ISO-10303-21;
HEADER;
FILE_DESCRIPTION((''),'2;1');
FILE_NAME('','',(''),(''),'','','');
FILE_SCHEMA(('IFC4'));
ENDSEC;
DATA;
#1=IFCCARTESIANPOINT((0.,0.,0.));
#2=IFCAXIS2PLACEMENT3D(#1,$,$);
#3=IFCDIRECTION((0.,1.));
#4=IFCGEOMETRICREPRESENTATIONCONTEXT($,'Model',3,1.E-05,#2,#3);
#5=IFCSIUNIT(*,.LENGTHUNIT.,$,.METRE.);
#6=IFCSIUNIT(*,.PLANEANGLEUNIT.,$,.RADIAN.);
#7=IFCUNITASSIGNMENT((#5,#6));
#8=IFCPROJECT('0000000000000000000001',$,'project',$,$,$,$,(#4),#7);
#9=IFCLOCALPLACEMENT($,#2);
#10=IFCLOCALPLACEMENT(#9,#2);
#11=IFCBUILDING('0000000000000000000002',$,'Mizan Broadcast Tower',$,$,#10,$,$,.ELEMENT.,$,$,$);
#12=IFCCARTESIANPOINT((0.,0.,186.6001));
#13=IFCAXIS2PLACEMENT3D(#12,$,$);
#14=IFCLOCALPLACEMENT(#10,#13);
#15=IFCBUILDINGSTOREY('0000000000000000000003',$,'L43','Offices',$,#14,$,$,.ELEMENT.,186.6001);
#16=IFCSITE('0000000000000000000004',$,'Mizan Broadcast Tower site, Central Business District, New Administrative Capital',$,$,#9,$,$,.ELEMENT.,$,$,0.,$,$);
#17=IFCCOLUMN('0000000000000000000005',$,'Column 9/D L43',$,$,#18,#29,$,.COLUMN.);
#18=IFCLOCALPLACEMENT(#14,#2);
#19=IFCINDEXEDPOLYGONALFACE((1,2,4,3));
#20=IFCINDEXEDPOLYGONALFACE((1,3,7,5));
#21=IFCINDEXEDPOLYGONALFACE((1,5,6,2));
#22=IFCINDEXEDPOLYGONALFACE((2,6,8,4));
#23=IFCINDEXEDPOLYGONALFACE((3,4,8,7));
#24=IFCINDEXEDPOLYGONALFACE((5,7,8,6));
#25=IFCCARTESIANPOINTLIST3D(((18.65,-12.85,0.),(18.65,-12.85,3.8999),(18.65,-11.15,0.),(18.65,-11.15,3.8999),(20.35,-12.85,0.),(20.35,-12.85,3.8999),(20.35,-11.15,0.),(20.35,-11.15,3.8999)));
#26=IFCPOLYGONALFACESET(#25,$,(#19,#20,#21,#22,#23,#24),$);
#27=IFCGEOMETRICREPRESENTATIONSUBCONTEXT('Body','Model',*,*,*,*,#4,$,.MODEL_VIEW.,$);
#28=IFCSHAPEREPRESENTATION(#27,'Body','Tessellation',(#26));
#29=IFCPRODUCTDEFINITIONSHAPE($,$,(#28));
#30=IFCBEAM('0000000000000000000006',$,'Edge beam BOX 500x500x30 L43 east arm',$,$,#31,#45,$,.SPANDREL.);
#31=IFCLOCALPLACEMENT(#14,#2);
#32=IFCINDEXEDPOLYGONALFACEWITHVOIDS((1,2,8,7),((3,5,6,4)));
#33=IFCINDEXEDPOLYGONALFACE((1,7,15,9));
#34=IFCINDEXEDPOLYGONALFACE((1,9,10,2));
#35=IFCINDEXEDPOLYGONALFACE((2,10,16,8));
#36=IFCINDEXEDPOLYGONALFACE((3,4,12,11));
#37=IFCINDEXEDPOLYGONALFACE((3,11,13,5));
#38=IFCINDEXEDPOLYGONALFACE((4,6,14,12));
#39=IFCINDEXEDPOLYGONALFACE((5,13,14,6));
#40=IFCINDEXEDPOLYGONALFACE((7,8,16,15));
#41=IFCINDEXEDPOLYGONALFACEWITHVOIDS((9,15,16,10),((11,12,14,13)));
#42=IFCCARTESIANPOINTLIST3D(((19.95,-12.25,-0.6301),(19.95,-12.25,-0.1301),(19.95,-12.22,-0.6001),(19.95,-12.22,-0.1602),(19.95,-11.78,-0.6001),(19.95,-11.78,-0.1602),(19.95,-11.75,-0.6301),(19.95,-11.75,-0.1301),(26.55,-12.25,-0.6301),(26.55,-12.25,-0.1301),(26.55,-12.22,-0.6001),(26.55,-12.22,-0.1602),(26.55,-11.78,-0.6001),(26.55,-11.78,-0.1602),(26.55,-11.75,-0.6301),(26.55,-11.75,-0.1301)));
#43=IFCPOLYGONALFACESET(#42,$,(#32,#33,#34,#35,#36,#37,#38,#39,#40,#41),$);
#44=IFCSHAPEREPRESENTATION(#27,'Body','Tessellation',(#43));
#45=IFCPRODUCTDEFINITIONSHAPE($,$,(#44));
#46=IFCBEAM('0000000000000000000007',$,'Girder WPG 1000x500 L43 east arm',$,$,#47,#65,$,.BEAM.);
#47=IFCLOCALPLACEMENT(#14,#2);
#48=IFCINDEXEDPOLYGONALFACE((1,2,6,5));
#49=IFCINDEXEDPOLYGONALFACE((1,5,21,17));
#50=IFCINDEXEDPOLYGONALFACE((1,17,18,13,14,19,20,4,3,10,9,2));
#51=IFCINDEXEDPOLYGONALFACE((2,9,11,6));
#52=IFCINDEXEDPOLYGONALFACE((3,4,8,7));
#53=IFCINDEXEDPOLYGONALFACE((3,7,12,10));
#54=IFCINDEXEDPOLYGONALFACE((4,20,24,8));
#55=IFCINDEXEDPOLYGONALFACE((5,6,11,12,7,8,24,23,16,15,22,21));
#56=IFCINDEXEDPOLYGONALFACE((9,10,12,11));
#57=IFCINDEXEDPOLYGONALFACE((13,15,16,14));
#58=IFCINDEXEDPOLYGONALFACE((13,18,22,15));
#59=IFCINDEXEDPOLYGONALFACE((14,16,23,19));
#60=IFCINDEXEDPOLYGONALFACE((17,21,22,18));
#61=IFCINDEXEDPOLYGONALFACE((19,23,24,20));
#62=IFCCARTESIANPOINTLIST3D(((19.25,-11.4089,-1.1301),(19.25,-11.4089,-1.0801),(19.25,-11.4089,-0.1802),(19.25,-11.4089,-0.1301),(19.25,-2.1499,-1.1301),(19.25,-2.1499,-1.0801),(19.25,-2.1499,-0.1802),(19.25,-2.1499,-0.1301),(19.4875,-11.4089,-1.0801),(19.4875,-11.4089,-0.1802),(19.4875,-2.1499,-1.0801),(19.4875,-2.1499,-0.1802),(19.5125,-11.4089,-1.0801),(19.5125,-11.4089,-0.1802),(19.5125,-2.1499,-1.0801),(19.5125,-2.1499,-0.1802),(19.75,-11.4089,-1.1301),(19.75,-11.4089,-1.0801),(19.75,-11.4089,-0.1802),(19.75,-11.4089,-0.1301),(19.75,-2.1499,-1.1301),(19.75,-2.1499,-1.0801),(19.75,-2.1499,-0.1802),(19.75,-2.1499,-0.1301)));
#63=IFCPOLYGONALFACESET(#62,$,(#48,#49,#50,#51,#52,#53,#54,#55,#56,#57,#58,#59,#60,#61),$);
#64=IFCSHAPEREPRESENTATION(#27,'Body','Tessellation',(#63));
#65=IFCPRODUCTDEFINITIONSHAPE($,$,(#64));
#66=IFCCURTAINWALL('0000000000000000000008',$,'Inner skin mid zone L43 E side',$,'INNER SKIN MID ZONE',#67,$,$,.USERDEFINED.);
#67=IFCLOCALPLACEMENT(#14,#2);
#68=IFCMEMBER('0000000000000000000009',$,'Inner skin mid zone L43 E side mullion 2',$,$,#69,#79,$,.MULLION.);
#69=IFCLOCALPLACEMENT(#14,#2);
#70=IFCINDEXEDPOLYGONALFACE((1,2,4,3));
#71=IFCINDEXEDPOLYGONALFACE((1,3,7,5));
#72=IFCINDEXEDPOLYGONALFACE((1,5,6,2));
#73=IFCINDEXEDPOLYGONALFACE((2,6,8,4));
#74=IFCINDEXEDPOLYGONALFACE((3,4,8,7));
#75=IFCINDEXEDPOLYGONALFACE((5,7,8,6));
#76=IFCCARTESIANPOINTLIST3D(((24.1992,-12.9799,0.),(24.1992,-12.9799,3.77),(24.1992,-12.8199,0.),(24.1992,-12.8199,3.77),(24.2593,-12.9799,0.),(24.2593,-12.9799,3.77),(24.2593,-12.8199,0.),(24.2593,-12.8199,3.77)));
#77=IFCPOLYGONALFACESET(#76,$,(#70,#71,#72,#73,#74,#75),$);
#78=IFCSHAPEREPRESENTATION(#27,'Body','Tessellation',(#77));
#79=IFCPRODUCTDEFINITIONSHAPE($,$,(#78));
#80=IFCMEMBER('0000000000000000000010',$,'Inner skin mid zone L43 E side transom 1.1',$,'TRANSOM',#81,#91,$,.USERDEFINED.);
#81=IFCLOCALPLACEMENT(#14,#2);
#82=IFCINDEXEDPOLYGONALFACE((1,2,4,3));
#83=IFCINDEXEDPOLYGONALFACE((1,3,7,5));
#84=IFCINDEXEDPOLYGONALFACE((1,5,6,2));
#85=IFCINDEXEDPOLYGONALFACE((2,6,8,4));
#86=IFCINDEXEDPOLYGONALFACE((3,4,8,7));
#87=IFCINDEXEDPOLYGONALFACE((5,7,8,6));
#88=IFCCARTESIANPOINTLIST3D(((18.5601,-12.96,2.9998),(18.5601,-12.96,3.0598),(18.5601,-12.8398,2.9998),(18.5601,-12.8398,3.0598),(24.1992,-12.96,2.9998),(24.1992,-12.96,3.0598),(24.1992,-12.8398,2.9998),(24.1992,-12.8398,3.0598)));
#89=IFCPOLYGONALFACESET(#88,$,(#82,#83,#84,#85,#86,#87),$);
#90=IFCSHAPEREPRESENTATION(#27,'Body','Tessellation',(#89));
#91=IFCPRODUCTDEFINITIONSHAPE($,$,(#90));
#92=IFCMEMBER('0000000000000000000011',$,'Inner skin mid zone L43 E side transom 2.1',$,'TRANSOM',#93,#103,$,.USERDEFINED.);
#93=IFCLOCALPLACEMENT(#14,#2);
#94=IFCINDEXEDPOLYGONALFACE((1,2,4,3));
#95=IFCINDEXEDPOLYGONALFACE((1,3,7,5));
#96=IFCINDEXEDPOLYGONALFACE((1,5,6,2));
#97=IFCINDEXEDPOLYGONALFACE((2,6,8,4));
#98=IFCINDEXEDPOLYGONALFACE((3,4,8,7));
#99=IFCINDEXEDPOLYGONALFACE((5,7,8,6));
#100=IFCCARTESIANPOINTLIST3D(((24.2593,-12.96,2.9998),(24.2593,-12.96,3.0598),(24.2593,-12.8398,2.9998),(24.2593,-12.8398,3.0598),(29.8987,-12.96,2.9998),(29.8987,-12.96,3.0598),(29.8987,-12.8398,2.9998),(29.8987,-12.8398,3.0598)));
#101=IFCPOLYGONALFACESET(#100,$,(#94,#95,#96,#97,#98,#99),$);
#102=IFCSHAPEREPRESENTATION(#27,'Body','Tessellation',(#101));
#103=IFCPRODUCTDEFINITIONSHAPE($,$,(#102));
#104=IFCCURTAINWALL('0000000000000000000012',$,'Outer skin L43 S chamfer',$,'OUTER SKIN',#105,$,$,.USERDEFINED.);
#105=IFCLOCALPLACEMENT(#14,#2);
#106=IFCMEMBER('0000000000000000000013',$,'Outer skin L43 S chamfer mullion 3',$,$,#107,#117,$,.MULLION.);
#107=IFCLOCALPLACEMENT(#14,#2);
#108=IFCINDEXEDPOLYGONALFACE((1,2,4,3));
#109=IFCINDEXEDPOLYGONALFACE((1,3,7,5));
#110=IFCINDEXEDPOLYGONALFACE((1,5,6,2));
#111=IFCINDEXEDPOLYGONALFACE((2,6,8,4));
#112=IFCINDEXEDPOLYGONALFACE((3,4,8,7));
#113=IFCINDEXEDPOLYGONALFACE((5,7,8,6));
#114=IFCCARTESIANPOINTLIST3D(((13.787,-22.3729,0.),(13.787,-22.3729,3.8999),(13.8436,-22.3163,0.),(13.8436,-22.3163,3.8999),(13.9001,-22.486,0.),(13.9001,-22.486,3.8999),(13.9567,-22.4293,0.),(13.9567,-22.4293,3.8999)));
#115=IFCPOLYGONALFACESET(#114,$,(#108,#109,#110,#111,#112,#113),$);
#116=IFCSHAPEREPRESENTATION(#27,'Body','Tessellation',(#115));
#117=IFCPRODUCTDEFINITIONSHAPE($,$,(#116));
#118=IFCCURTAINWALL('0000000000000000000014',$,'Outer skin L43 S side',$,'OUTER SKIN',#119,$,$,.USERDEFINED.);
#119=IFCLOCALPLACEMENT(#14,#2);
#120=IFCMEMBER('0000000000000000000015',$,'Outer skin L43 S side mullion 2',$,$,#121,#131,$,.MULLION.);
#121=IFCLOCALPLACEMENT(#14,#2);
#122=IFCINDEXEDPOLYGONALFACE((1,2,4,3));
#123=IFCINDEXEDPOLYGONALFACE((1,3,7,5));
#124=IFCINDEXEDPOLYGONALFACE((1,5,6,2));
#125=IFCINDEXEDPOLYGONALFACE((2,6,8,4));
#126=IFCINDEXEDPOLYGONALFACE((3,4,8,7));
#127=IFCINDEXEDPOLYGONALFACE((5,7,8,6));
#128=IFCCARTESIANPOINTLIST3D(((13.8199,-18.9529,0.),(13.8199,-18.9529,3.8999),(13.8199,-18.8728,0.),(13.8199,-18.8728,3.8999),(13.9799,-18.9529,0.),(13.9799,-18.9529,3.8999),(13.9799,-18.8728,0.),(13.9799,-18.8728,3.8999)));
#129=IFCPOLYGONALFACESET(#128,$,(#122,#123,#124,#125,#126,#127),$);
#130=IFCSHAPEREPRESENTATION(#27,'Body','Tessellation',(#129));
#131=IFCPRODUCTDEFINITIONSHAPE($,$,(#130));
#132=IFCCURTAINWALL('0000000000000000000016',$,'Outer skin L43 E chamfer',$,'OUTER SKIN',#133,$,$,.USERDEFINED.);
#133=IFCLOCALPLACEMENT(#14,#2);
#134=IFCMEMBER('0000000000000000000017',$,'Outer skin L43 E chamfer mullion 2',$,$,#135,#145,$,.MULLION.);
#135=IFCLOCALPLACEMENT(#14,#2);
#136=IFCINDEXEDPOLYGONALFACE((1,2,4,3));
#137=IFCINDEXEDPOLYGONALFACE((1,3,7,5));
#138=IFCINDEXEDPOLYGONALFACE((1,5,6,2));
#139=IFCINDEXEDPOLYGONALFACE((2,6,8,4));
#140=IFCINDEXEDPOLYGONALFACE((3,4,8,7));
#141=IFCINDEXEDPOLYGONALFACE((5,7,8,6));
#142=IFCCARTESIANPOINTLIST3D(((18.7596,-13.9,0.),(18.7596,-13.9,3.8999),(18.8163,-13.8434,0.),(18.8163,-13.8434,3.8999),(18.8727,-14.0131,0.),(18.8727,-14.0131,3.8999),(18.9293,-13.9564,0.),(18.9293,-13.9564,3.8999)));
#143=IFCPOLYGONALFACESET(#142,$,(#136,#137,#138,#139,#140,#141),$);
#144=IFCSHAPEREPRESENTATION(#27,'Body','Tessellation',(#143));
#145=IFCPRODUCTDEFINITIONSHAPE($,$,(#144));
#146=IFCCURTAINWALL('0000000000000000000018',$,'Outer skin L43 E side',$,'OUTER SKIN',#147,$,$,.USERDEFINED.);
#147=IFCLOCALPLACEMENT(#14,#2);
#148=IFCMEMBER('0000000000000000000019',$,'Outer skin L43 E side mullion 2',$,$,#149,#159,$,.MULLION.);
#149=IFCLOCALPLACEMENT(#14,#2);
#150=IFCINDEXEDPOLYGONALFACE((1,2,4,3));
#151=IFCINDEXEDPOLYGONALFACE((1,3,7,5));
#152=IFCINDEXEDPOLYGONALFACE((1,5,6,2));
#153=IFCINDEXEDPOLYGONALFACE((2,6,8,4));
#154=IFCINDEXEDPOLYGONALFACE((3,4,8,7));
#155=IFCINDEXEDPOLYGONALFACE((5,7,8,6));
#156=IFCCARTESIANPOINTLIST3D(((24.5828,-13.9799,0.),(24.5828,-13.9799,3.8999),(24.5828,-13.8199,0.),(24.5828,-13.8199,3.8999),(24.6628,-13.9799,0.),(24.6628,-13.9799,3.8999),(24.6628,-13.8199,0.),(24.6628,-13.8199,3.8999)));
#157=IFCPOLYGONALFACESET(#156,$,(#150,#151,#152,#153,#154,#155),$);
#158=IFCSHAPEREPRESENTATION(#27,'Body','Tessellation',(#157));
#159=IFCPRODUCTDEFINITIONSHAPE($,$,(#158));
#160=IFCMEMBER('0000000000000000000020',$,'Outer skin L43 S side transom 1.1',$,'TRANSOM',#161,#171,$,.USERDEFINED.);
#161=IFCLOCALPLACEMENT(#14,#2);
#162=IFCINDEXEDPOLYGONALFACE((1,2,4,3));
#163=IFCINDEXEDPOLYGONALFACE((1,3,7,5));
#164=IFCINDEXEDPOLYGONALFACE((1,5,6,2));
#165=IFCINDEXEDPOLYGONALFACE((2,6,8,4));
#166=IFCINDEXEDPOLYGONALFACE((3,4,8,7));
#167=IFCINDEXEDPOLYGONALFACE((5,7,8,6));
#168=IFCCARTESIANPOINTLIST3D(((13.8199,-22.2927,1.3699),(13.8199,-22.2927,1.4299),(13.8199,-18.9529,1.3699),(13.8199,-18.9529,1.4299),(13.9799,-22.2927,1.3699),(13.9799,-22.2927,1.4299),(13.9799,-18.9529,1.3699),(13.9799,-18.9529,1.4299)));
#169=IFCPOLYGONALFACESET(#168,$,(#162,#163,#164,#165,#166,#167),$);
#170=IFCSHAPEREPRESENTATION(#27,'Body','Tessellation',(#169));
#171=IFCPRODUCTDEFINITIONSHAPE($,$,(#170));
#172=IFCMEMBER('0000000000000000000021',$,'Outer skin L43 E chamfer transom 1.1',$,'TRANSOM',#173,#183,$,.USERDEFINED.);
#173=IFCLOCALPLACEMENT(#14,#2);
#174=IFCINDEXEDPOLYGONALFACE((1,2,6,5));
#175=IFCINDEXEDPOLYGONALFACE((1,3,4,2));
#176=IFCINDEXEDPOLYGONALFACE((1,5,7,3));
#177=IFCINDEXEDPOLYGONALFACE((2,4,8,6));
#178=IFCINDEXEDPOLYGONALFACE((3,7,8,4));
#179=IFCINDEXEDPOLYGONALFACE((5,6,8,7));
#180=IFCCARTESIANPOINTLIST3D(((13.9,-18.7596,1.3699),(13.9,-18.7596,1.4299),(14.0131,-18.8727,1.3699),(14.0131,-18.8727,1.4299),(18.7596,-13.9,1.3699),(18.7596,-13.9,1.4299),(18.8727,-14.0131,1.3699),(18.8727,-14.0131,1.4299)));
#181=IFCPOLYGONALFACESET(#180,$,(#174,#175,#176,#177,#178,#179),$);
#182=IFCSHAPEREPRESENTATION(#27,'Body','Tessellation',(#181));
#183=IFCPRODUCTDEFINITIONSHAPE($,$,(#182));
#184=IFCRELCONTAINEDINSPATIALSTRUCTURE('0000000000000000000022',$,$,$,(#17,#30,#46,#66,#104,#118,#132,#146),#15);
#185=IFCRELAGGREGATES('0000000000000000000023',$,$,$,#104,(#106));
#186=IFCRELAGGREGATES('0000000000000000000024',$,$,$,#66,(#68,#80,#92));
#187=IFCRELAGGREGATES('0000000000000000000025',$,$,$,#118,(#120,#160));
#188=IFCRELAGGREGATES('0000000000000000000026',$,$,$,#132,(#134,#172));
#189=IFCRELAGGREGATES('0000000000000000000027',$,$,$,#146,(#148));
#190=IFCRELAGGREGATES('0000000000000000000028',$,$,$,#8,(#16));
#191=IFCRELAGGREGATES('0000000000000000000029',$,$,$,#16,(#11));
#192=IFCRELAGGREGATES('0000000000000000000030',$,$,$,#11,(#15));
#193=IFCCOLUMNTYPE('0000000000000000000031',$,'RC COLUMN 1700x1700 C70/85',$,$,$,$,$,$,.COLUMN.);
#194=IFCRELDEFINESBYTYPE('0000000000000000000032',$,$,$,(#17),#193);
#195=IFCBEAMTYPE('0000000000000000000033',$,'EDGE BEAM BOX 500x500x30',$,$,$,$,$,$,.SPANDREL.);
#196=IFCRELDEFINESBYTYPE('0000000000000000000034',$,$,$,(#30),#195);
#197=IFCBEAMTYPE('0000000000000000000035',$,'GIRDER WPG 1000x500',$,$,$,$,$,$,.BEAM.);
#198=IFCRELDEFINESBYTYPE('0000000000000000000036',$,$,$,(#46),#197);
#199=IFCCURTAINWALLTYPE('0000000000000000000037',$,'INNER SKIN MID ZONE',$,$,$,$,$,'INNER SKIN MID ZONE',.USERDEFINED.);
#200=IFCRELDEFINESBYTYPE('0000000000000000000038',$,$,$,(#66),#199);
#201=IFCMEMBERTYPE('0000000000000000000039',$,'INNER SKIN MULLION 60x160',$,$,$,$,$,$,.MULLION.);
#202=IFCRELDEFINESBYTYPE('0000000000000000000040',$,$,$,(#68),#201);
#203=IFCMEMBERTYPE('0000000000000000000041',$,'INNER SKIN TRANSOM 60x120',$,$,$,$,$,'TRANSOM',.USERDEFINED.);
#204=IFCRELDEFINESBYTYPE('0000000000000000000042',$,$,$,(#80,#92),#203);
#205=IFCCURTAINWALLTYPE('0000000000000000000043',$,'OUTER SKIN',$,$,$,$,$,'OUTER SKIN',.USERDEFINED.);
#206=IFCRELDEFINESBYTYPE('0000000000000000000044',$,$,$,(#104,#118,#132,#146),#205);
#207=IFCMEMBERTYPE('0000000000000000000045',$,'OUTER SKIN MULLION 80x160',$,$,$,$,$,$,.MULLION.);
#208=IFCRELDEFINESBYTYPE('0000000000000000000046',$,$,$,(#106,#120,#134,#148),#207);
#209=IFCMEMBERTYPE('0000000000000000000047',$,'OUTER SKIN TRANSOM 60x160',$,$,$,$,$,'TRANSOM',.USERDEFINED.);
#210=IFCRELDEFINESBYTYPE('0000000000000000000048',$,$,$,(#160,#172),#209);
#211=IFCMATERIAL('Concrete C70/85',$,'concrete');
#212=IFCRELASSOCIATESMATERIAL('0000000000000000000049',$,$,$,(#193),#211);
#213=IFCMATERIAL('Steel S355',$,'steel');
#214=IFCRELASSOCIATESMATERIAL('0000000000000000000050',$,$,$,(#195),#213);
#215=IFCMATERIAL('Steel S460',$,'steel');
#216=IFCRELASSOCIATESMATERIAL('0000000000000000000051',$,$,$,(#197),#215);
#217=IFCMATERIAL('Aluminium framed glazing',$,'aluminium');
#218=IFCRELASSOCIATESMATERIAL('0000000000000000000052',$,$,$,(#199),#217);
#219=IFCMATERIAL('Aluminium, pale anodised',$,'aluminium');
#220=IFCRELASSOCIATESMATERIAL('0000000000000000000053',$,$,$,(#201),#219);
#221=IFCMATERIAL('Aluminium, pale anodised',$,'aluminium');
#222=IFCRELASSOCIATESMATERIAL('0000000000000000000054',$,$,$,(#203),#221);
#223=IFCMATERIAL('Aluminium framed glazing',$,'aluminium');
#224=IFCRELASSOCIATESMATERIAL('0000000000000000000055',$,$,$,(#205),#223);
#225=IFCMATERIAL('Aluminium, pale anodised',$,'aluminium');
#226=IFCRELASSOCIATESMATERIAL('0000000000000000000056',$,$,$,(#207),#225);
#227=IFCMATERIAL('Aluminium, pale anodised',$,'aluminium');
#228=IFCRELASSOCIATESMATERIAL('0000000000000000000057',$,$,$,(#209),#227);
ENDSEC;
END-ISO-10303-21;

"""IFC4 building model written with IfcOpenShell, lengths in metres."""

from ifc_helpers import new_model, si_unit, direction, frame, origin, origin_2d, place, context, subcontext, project, spatial, rectangle, hollow_rectangle, i_section, extrude, material, material_profile, profile_set, type_object, element, aggregate, save


model = new_model("IFC4")

# Units and contexts
model_context = context("Model", 3, precision=1e-05, world=origin(), true_north=direction((0.0, 1.0)))
body_context = subcontext(model_context, "Body", "Model", "MODEL_VIEW")
ifc_project = project(units=[si_unit("LENGTHUNIT", "METRE"), si_unit("PLANEANGLEUNIT", "RADIAN")], contexts=[model_context])

# Site, building, storey
site_placement = place(None, origin())
site = spatial("IfcSite", under=ifc_project, at=site_placement, Name="Mizan Broadcast Tower site, Central Business District, New Administrative Capital", CompositionType="ELEMENT", RefElevation=0.0)
building_placement = place(site_placement, origin())
building = spatial("IfcBuilding", under=site, at=building_placement, Name="Mizan Broadcast Tower", CompositionType="ELEMENT")
storey_placement = place(building_placement, frame((0.0, 0.0, 186.6001)))
storey = spatial("IfcBuildingStorey", under=building, at=storey_placement, Name="L43", Description="Offices", CompositionType="ELEMENT", Elevation=186.6001)

# Column
ifc_material_1 = material(Name="Concrete C70/85", Category="concrete")
ifc_material_profile_1 = material_profile(ifc_material_1, rectangle(XDim=1.7, YDim=1.7, at=origin_2d()), Name="RC 1700x1700")
ifc_profile_set_1 = profile_set([ifc_material_profile_1], Name="Concrete C70/85")
column_type = type_object("IfcColumnType", Name="RC COLUMN 1700x1700 C70/85", PredefinedType="COLUMN", material=ifc_profile_set_1)
column_placement = place(storey_placement, frame((19.5, -12.0, 0.0), z_axis=(0.0, 0.0, 1.0), x_axis=(1.0, 0.0, 0.0)))
element("IfcColumn", 1, at=column_placement, inside=storey, type_object=column_type, Name="Column 9/D L43", PredefinedType="COLUMN", context=body_context, shape_type="SweptSolid", body=[
    extrude(rectangle(XDim=1.7, YDim=1.7, at=origin_2d()), origin(), (0.0, 0.0, 1.0), 3.8999),
])

# Beams
ifc_material_2 = material(Name="Steel S355", Category="steel")
ifc_material_profile_2 = material_profile(ifc_material_2, hollow_rectangle(XDim=0.5, YDim=0.5, WallThickness=0.03, at=origin_2d()), Name="BOX 500x500x30")
ifc_profile_set_2 = profile_set([ifc_material_profile_2], Name="Steel S355")
beam_type_1 = type_object("IfcBeamType", Name="EDGE BEAM BOX 500x500x30", PredefinedType="SPANDREL", material=ifc_profile_set_2)
beam_1_placement = place(storey_placement, frame((19.95, -12.0, -0.3801), z_axis=(1.0, 0.0, 0.0), x_axis=(0.0, 1.0, 0.0)))
element("IfcBeam", 2, at=beam_1_placement, inside=storey, type_object=beam_type_1, Name="Edge beam BOX 500x500x30 L43 east arm", PredefinedType="SPANDREL", context=body_context, shape_type="SweptSolid", body=[
    extrude(hollow_rectangle(XDim=0.5, YDim=0.5, WallThickness=0.03, at=origin_2d()), origin(), (0.0, 0.0, 1.0), 6.6001),
])
ifc_material_3 = material(Name="Steel S460", Category="steel")
ifc_material_profile_3 = material_profile(ifc_material_3, i_section(OverallWidth=0.5, OverallDepth=1.0, WebThickness=0.0249, FlangeThickness=0.05, at=origin_2d()), Name="WPG 1000x500")
ifc_profile_set_3 = profile_set([ifc_material_profile_3], Name="Steel S460")
beam_type_2 = type_object("IfcBeamType", Name="GIRDER WPG 1000x500", PredefinedType="BEAM", material=ifc_profile_set_3)
beam_2_placement = place(storey_placement, frame((19.5, -11.4089, -0.6301), z_axis=(0.0, 1.0, 0.0), x_axis=(-1.0, 0.0, 0.0)))
element("IfcBeam", 3, at=beam_2_placement, inside=storey, type_object=beam_type_2, Name="Girder WPG 1000x500 L43 east arm", PredefinedType="BEAM", context=body_context, shape_type="SweptSolid", body=[
    extrude(i_section(OverallWidth=0.5, OverallDepth=1.0, WebThickness=0.0249, FlangeThickness=0.05, at=origin_2d()), origin(), (0.0, 0.0, 1.0), 9.259),
])

# Curtain wall, members
ifc_material_4 = material(Name="Aluminium framed glazing", Category="aluminium")
curtain_wall_type_1 = type_object("IfcCurtainWallType", Name="INNER SKIN MID ZONE", ElementType="INNER SKIN MID ZONE", PredefinedType="USERDEFINED", material=ifc_material_4)
curtain_wall_1_placement = place(storey_placement, origin())
curtain_wall_1 = element("IfcCurtainWall", 4, at=curtain_wall_1_placement, inside=storey, type_object=curtain_wall_type_1, Name="Inner skin mid zone L43 E side", ObjectType="INNER SKIN MID ZONE", PredefinedType="USERDEFINED")
ifc_material_5 = material(Name="Aluminium, pale anodised", Category="aluminium")
ifc_material_profile_4 = material_profile(ifc_material_5, rectangle(XDim=0.1599, YDim=0.0601, at=origin_2d()), Name="MULLION 160x60")
ifc_profile_set_4 = profile_set([ifc_material_profile_4], Name="Aluminium, pale anodised")
member_type_1 = type_object("IfcMemberType", Name="INNER SKIN MULLION 60x160", PredefinedType="MULLION", material=ifc_profile_set_4)
member_1_placement = place(storey_placement, frame((24.2292, -12.8999, 0.0), z_axis=(0.0, 0.0, 1.0), x_axis=(0.0, 1.0, 0.0)))
member_1 = element("IfcMember", 5, at=member_1_placement, type_object=member_type_1, Name="Inner skin mid zone L43 E side mullion 2", PredefinedType="MULLION", context=body_context, shape_type="SweptSolid", body=[
    extrude(rectangle(XDim=0.1599, YDim=0.0601, at=origin_2d()), origin(), (0.0, 0.0, 1.0), 3.77),
])
ifc_material_6 = material(Name="Aluminium, pale anodised", Category="aluminium")
ifc_material_profile_5 = material_profile(ifc_material_6, rectangle(XDim=0.1201, YDim=0.0601, at=origin_2d()), Name="TRANSOM 120x60")
ifc_profile_set_5 = profile_set([ifc_material_profile_5], Name="Aluminium, pale anodised")
member_type_2 = type_object("IfcMemberType", Name="INNER SKIN TRANSOM 60x120", ElementType="TRANSOM", PredefinedType="USERDEFINED", material=ifc_profile_set_5)
member_2_placement = place(storey_placement, frame((18.5601, -12.8999, 3.0298), z_axis=(1.0, 0.0, 0.0), x_axis=(0.0, 1.0, 0.0)))
member_2 = element("IfcMember", 6, at=member_2_placement, type_object=member_type_2, Name="Inner skin mid zone L43 E side transom 1.1", ObjectType="TRANSOM", PredefinedType="USERDEFINED", context=body_context, shape_type="SweptSolid", body=[
    extrude(rectangle(XDim=0.1201, YDim=0.0601, at=origin_2d()), origin(), (0.0, 0.0, 1.0), 5.6392),
])
member_3_placement = place(storey_placement, frame((24.2593, -12.8999, 3.0298), z_axis=(1.0, 0.0, 0.0), x_axis=(0.0, 1.0, 0.0)))
member_3 = element("IfcMember", 7, at=member_3_placement, type_object=member_type_2, Name="Inner skin mid zone L43 E side transom 2.1", ObjectType="TRANSOM", PredefinedType="USERDEFINED", context=body_context, shape_type="SweptSolid", body=[
    extrude(rectangle(XDim=0.1201, YDim=0.0601, at=origin_2d()), origin(), (0.0, 0.0, 1.0), 5.6394),
])

# Curtain walls, members
ifc_material_7 = material(Name="Aluminium framed glazing", Category="aluminium")
curtain_wall_type_2 = type_object("IfcCurtainWallType", Name="OUTER SKIN", ElementType="OUTER SKIN", PredefinedType="USERDEFINED", material=ifc_material_7)
curtain_wall_2_placement = place(storey_placement, origin())
curtain_wall_2 = element("IfcCurtainWall", 8, at=curtain_wall_2_placement, inside=storey, type_object=curtain_wall_type_2, Name="Outer skin L43 S chamfer", ObjectType="OUTER SKIN", PredefinedType="USERDEFINED")
ifc_material_8 = material(Name="Aluminium, pale anodised", Category="aluminium")
ifc_material_profile_6 = material_profile(ifc_material_8, rectangle(XDim=0.1599, YDim=0.0801, at=origin_2d()), Name="MULLION 160x80")
ifc_profile_set_6 = profile_set([ifc_material_profile_6], Name="Aluminium, pale anodised")
member_type_3 = type_object("IfcMemberType", Name="OUTER SKIN MULLION 80x160", PredefinedType="MULLION", material=ifc_profile_set_6)
member_4_placement = place(storey_placement, frame((13.8718, -22.4011, 0.0), z_axis=(0.0, 0.0, 1.0), x_axis=(-0.707107, 0.707107, 0.0)))
member_4 = element("IfcMember", 9, at=member_4_placement, type_object=member_type_3, Name="Outer skin L43 S chamfer mullion 3", PredefinedType="MULLION", context=body_context, shape_type="SweptSolid", body=[
    extrude(rectangle(XDim=0.1599, YDim=0.0801, at=origin_2d()), origin(), (0.0, 0.0, 1.0), 3.8999),
])
aggregate(curtain_wall_2, [member_4])
curtain_wall_3_placement = place(storey_placement, origin())
curtain_wall_3 = element("IfcCurtainWall", 10, at=curtain_wall_3_placement, inside=storey, type_object=curtain_wall_type_2, Name="Outer skin L43 S side", ObjectType="OUTER SKIN", PredefinedType="USERDEFINED")
member_5_placement = place(storey_placement, frame((13.8999, -18.9128, 0.0), z_axis=(0.0, 0.0, 1.0), x_axis=(-1.0, 0.0, 0.0)))
member_5 = element("IfcMember", 11, at=member_5_placement, type_object=member_type_3, Name="Outer skin L43 S side mullion 2", PredefinedType="MULLION", context=body_context, shape_type="SweptSolid", body=[
    extrude(rectangle(XDim=0.1599, YDim=0.0801, at=origin_2d()), origin(), (0.0, 0.0, 1.0), 3.8999),
])
curtain_wall_4_placement = place(storey_placement, origin())
curtain_wall_4 = element("IfcCurtainWall", 12, at=curtain_wall_4_placement, inside=storey, type_object=curtain_wall_type_2, Name="Outer skin L43 E chamfer", ObjectType="OUTER SKIN", PredefinedType="USERDEFINED")
member_6_placement = place(storey_placement, frame((18.8445, -13.9282, 0.0), z_axis=(0.0, 0.0, 1.0), x_axis=(-0.707107, 0.707107, 0.0)))
member_6 = element("IfcMember", 13, at=member_6_placement, type_object=member_type_3, Name="Outer skin L43 E chamfer mullion 2", PredefinedType="MULLION", context=body_context, shape_type="SweptSolid", body=[
    extrude(rectangle(XDim=0.1599, YDim=0.0801, at=origin_2d()), origin(), (0.0, 0.0, 1.0), 3.8999),
])
curtain_wall_5_placement = place(storey_placement, origin())
curtain_wall_5 = element("IfcCurtainWall", 14, at=curtain_wall_5_placement, inside=storey, type_object=curtain_wall_type_2, Name="Outer skin L43 E side", ObjectType="OUTER SKIN", PredefinedType="USERDEFINED")
member_7_placement = place(storey_placement, frame((24.6228, -13.8999, 0.0), z_axis=(0.0, 0.0, 1.0), x_axis=(0.0, 1.0, 0.0)))
member_7 = element("IfcMember", 15, at=member_7_placement, type_object=member_type_3, Name="Outer skin L43 E side mullion 2", PredefinedType="MULLION", context=body_context, shape_type="SweptSolid", body=[
    extrude(rectangle(XDim=0.1599, YDim=0.0801, at=origin_2d()), origin(), (0.0, 0.0, 1.0), 3.8999),
])

# Members
ifc_material_9 = material(Name="Aluminium, pale anodised", Category="aluminium")
ifc_material_profile_7 = material_profile(ifc_material_9, rectangle(XDim=0.1599, YDim=0.0601, at=origin_2d()), Name="TRANSOM 160x60")
ifc_profile_set_7 = profile_set([ifc_material_profile_7], Name="Aluminium, pale anodised")
member_type_4 = type_object("IfcMemberType", Name="OUTER SKIN TRANSOM 60x160", ElementType="TRANSOM", PredefinedType="USERDEFINED", material=ifc_profile_set_7)
member_8_placement = place(storey_placement, frame((13.8999, -22.2927, 1.3999), z_axis=(0.0, 1.0, 0.0), x_axis=(-1.0, 0.0, 0.0)))
member_8 = element("IfcMember", 16, at=member_8_placement, type_object=member_type_4, Name="Outer skin L43 S side transom 1.1", ObjectType="TRANSOM", PredefinedType="USERDEFINED", context=body_context, shape_type="SweptSolid", body=[
    extrude(rectangle(XDim=0.1599, YDim=0.0601, at=origin_2d()), origin(), (0.0, 0.0, 1.0), 3.3398),
])
member_9_placement = place(storey_placement, frame((13.9565, -18.8162, 1.3999), z_axis=(0.707107, 0.707107, 0.0), x_axis=(-0.707107, 0.707107, 0.0)))
member_9 = element("IfcMember", 17, at=member_9_placement, type_object=member_type_4, Name="Outer skin L43 E chamfer transom 1.1", ObjectType="TRANSOM", PredefinedType="USERDEFINED", context=body_context, shape_type="SweptSolid", body=[
    extrude(rectangle(XDim=0.1599, YDim=0.0601, at=origin_2d()), origin(), (0.0, 0.0, 1.0), 6.8726),
])

aggregate(curtain_wall_1, [member_1, member_2, member_3])
aggregate(curtain_wall_3, [member_5, member_8])
aggregate(curtain_wall_4, [member_6, member_9])
aggregate(curtain_wall_5, [member_7])

save(model, "model.ifc")
